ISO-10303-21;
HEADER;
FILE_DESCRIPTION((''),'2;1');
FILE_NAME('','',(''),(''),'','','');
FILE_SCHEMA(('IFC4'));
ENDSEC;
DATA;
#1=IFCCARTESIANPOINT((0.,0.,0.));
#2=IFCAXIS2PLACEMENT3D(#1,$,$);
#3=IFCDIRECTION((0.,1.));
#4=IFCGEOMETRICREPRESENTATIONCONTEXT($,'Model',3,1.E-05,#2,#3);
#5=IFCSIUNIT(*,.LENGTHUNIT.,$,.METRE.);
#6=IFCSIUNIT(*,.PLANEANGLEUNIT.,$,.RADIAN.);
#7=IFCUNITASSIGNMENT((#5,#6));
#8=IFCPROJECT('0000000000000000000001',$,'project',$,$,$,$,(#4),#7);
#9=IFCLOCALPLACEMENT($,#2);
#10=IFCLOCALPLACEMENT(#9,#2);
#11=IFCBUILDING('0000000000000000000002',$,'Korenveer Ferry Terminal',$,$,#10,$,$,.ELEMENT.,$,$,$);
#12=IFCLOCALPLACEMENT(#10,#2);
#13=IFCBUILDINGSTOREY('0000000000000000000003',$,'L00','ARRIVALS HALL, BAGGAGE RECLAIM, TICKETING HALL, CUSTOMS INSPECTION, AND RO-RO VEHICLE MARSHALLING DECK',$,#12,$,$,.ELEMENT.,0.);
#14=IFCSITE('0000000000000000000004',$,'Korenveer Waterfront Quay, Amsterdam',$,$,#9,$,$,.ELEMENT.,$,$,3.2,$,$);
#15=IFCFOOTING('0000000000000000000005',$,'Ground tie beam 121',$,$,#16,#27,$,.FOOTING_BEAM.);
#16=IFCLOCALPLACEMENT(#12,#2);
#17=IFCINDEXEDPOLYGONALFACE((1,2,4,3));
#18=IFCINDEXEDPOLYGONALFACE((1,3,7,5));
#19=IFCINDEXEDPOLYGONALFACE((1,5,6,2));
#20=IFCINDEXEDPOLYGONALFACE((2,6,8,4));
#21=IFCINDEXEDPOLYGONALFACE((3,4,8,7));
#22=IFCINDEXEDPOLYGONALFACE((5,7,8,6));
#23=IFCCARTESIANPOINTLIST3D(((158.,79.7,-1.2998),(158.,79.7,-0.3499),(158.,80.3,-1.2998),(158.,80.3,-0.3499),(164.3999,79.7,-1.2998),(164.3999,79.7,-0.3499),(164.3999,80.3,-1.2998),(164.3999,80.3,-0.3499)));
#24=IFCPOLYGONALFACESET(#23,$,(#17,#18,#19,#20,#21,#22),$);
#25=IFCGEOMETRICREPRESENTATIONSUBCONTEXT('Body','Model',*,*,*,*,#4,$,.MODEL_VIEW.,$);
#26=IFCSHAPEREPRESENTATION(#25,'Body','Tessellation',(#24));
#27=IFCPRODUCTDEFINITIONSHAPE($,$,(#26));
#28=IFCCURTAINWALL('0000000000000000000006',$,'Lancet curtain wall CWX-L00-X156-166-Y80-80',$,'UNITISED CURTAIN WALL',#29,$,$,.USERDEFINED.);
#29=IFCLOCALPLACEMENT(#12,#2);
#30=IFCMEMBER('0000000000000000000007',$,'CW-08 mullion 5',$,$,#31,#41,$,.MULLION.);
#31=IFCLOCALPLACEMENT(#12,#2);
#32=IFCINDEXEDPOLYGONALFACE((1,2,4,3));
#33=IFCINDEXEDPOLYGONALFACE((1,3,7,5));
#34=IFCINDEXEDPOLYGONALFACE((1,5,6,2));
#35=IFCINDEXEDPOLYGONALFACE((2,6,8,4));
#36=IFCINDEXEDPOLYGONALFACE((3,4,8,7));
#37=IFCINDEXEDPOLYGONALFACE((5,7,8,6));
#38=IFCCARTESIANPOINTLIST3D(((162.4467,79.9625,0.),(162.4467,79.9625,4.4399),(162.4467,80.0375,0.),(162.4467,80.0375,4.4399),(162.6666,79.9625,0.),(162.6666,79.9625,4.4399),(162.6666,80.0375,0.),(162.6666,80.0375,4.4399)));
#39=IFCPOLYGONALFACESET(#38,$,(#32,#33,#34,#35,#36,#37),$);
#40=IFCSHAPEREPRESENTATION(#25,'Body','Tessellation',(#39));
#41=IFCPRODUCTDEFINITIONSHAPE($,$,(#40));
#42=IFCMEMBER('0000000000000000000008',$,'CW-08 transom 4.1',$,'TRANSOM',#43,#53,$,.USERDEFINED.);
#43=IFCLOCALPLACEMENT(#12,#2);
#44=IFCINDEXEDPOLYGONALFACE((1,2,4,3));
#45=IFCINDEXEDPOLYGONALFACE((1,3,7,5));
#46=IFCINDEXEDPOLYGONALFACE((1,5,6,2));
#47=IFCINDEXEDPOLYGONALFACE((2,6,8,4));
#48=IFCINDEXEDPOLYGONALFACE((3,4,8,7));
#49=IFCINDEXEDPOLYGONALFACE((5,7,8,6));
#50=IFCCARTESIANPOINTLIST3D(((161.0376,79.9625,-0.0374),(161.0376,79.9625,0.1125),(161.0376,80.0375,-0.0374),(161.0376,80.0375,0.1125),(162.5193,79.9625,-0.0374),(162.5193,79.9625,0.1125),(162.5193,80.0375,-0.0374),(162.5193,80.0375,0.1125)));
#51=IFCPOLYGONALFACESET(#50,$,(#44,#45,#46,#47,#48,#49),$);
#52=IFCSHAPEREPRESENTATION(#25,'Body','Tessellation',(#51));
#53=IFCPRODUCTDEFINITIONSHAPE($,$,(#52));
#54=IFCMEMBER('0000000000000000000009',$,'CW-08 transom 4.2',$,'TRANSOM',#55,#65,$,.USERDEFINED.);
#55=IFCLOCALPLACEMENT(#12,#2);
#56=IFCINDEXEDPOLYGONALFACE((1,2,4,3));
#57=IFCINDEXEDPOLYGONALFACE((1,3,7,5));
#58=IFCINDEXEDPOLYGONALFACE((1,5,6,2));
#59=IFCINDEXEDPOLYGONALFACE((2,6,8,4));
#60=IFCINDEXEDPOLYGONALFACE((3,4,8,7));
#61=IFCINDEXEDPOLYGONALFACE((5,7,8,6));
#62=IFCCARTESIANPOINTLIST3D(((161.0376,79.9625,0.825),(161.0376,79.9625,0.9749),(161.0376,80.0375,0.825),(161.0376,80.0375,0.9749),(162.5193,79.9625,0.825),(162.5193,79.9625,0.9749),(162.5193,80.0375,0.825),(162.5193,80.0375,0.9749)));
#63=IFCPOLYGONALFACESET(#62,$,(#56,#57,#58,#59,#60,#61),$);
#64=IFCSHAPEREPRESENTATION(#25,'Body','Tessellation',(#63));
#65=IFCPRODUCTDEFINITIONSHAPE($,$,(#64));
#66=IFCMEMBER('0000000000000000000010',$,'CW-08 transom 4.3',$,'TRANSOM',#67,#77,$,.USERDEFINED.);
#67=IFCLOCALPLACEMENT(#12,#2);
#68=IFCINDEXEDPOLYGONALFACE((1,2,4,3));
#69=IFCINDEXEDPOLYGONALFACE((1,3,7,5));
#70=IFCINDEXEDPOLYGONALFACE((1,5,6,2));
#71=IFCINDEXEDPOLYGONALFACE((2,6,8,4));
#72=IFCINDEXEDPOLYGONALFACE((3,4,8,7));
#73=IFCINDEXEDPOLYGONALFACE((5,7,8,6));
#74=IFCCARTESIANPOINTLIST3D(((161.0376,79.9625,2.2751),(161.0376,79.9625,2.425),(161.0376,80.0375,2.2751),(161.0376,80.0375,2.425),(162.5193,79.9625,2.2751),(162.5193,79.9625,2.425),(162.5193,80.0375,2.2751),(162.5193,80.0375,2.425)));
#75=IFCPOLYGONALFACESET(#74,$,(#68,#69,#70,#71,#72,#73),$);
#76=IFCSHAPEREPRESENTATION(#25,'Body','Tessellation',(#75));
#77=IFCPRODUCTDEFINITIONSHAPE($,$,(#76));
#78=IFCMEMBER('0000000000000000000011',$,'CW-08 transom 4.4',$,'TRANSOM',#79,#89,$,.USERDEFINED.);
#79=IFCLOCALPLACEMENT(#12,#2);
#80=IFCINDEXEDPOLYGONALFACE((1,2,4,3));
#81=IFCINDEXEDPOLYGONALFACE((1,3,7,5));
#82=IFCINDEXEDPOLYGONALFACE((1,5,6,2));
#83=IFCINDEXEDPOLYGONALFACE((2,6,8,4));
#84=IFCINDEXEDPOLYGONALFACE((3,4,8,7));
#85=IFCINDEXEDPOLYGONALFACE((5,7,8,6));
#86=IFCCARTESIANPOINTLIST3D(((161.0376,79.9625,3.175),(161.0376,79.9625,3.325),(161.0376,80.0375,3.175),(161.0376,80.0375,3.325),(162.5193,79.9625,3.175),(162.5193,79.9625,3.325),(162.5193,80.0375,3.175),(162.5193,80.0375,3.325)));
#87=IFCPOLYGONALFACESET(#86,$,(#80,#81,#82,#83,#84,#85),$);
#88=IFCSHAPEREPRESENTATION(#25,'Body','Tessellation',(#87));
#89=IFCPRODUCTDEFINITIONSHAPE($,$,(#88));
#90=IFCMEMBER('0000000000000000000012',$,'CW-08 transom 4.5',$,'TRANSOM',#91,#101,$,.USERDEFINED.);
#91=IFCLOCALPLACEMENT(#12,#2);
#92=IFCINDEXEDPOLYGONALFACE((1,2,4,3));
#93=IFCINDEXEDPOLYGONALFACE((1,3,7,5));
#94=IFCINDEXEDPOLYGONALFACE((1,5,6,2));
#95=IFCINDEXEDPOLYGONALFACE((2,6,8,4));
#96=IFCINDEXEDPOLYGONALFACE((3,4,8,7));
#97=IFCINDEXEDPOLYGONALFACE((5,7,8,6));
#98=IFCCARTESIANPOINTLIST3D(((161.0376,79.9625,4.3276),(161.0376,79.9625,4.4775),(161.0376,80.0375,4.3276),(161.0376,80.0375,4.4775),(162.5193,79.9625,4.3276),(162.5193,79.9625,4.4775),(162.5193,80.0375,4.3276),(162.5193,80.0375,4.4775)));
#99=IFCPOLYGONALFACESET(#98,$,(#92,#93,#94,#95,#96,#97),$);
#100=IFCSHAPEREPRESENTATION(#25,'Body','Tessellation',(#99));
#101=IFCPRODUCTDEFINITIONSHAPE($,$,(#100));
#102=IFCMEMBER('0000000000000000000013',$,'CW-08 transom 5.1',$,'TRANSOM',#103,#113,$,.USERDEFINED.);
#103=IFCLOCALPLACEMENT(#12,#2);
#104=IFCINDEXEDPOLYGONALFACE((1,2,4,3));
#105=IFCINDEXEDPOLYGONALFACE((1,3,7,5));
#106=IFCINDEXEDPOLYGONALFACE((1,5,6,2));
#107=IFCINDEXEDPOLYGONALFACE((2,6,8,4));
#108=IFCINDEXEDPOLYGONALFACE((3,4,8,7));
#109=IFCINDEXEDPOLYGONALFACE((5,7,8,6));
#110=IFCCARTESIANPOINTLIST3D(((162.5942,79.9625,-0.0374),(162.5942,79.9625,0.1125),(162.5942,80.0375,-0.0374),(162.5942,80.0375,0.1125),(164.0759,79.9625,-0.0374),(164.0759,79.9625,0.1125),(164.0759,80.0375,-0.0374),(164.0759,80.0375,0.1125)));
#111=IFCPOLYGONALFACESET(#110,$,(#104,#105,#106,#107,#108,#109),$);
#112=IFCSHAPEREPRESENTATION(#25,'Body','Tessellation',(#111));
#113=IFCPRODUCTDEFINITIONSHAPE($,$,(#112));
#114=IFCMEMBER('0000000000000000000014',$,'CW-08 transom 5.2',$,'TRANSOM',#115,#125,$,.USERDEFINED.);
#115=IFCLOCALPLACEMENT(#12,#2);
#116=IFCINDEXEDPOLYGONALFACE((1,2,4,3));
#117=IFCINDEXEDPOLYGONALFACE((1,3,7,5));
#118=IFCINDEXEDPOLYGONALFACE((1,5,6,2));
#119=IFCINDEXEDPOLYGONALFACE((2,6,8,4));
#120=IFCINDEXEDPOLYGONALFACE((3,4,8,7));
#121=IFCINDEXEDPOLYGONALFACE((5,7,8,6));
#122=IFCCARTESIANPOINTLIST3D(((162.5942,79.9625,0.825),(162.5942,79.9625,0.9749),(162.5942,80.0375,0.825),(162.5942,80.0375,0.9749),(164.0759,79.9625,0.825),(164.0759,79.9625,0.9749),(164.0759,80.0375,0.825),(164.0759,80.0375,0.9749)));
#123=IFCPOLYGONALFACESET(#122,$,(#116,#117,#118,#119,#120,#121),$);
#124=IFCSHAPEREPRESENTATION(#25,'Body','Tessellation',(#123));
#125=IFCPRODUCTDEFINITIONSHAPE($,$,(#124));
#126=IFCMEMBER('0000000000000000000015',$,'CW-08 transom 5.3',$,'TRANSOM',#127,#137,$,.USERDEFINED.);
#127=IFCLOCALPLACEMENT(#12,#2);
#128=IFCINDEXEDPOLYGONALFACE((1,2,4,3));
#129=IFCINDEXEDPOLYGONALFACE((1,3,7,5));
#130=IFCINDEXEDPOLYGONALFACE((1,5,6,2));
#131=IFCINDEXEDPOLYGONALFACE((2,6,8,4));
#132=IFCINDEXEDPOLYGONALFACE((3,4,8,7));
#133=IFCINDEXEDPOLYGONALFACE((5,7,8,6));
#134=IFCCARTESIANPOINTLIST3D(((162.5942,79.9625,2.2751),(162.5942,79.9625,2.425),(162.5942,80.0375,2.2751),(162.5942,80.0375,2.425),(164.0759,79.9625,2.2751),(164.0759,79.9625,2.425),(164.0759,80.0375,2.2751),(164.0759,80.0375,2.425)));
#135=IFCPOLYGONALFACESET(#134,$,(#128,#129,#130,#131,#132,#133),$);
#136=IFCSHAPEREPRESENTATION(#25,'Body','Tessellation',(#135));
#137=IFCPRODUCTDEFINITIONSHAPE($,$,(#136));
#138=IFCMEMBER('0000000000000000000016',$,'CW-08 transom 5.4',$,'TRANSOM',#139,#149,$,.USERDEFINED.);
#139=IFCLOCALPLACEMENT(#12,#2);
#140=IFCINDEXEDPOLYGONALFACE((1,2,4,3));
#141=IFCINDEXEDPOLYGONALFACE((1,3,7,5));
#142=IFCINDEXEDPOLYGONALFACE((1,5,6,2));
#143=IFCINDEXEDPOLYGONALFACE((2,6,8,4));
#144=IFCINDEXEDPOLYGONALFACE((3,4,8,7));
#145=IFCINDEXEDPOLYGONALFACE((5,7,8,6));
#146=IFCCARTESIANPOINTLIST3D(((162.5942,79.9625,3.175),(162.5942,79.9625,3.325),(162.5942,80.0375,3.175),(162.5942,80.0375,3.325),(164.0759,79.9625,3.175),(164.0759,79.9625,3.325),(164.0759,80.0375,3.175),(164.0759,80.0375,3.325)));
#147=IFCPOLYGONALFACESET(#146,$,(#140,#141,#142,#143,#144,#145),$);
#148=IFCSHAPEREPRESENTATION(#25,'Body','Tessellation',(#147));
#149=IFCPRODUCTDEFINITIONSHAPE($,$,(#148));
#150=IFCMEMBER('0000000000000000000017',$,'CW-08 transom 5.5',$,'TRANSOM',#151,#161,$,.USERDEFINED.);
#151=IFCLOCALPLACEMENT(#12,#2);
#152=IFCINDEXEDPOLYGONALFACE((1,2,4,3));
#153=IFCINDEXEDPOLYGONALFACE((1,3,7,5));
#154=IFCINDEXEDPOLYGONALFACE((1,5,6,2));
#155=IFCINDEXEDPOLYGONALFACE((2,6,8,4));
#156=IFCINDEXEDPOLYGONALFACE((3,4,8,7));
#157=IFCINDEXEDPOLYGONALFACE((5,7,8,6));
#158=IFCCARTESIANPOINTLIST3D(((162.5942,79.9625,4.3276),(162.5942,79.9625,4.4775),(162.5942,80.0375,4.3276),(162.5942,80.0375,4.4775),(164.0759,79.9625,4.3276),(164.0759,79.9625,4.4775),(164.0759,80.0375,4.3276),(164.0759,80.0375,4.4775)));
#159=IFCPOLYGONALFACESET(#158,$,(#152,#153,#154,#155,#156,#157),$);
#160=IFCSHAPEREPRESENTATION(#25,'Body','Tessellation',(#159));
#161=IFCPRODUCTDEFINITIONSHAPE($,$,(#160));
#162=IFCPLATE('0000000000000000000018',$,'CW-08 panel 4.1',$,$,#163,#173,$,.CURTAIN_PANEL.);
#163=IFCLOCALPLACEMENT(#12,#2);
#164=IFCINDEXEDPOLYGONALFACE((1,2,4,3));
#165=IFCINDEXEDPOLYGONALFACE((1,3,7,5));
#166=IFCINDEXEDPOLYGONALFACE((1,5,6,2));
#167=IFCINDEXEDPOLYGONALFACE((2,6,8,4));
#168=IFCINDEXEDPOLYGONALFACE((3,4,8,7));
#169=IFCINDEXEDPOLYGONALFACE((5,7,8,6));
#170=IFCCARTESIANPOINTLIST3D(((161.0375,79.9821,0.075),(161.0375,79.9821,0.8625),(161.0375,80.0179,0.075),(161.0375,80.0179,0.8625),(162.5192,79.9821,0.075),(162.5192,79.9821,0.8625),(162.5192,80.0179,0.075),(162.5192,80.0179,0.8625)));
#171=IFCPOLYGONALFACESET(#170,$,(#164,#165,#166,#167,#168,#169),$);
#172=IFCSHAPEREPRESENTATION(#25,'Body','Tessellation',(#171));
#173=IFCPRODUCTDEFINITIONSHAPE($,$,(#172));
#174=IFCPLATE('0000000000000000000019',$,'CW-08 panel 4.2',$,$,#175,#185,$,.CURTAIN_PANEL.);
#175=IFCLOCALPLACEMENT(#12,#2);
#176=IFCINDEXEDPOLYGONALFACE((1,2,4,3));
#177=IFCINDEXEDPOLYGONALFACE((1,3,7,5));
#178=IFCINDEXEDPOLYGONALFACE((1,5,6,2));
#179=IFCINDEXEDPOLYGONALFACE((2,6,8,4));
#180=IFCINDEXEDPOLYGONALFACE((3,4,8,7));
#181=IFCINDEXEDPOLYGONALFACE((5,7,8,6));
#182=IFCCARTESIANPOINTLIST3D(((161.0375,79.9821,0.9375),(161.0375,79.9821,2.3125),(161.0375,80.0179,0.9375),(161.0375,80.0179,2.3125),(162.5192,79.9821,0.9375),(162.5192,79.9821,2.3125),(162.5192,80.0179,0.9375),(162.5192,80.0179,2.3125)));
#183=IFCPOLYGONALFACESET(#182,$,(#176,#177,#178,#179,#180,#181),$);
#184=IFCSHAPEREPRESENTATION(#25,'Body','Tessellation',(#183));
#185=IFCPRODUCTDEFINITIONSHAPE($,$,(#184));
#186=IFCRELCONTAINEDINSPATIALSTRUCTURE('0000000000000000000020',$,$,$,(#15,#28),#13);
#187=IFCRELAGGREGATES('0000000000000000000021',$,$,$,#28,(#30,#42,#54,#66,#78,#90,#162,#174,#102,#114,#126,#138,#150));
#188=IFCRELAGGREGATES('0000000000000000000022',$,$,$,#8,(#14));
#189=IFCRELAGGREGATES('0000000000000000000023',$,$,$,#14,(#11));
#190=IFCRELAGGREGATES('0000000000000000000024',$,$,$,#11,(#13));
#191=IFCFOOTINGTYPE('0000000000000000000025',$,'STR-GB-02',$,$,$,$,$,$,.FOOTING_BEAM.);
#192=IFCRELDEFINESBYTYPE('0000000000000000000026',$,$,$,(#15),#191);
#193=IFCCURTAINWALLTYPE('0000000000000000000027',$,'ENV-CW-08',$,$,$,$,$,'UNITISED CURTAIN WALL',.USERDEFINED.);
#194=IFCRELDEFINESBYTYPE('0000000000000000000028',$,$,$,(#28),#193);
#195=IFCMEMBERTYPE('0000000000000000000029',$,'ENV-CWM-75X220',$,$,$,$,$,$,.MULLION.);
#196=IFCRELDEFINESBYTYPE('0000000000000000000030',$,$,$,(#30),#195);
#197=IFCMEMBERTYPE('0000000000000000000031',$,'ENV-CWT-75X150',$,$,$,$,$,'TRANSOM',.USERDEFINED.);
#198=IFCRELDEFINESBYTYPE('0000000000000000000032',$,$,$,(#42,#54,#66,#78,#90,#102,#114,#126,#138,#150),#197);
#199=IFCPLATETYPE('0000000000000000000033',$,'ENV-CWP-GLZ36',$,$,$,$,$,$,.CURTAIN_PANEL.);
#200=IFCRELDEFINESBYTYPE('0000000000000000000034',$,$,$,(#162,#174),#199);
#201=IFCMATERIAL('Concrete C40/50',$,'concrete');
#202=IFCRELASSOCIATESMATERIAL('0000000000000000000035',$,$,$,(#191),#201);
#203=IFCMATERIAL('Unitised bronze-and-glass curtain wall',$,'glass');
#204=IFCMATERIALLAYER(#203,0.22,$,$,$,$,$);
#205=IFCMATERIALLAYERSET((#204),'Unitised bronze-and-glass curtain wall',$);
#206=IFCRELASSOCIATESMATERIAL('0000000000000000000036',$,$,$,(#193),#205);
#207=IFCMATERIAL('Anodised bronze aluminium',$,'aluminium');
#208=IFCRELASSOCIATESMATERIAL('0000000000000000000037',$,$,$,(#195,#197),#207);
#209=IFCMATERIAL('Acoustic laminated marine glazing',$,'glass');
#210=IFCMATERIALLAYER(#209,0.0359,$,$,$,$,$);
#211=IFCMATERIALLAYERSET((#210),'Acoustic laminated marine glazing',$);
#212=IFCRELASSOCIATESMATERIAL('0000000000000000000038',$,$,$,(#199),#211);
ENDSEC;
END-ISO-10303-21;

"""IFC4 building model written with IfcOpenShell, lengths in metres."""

from ifc_helpers import new_model, si_unit, direction, frame, origin, origin_2d, place, context, subcontext, project, spatial, rectangle, extrude, material, layer, layer_set, material_profile, profile_set, type_object, element, aggregate, save


model = new_model("IFC4")

# Units and contexts
model_context = context("Model", 3, precision=1e-05, world=origin(), true_north=direction((0.0, 1.0)))
body_context = subcontext(model_context, "Body", "Model", "MODEL_VIEW")
ifc_project = project(units=[si_unit("LENGTHUNIT", "METRE"), si_unit("PLANEANGLEUNIT", "RADIAN")], contexts=[model_context])

# Site, building, storey
site_placement = place(None, origin())
site = spatial("IfcSite", under=ifc_project, at=site_placement, Name="Korenveer Waterfront Quay, Amsterdam", CompositionType="ELEMENT", RefElevation=3.2)
building_placement = place(site_placement, origin())
building = spatial("IfcBuilding", under=site, at=building_placement, Name="Korenveer Ferry Terminal", CompositionType="ELEMENT")
storey_placement = place(building_placement, origin())
storey = spatial("IfcBuildingStorey", under=building, at=storey_placement, Name="L00", Description="ARRIVALS HALL, BAGGAGE RECLAIM, TICKETING HALL, CUSTOMS INSPECTION, AND RO-RO VEHICLE MARSHALLING DECK", CompositionType="ELEMENT", Elevation=0.0)

# Footing
ifc_material_1 = material(Name="Concrete C40/50", Category="concrete")
footing_type = type_object("IfcFootingType", Name="STR-GB-02", PredefinedType="FOOTING_BEAM", material=ifc_material_1)
footing_placement = place(storey_placement, frame((161.2, 80.0, -1.2998), z_axis=(0.0, 0.0, 1.0), x_axis=(1.0, 0.0, 0.0)))
element("IfcFooting", 1, at=footing_placement, inside=storey, type_object=footing_type, Name="Ground tie beam 121", PredefinedType="FOOTING_BEAM", context=body_context, shape_type="SweptSolid", body=[
    extrude(rectangle(XDim=6.3999, YDim=0.6001, at=origin_2d()), origin(), (0.0, 0.0, 1.0), 0.95),
])

# Curtain wall, members, plates
ifc_material_2 = material(Name="Unitised bronze-and-glass curtain wall", Category="glass")
ifc_layer_1 = layer(ifc_material_2, 0.22)
ifc_layer_set_1 = layer_set([ifc_layer_1], Name="Unitised bronze-and-glass curtain wall")
curtain_wall_type = type_object("IfcCurtainWallType", Name="ENV-CW-08", ElementType="UNITISED CURTAIN WALL", PredefinedType="USERDEFINED", material=ifc_layer_set_1)
curtain_wall_placement = place(storey_placement, frame((156.3301, 80.0, 0.0)))
curtain_wall = element("IfcCurtainWall", 2, at=curtain_wall_placement, inside=storey, type_object=curtain_wall_type, Name="Lancet curtain wall CWX-L00-X156-166-Y80-80", ObjectType="UNITISED CURTAIN WALL", PredefinedType="USERDEFINED")
ifc_material_3 = material(Name="Anodised bronze aluminium", Category="aluminium")
ifc_material_profile_1 = material_profile(ifc_material_3, rectangle(XDim=0.075, YDim=0.22, at=origin_2d()), Name="ALU 75x220")
ifc_profile_set_1 = profile_set([ifc_material_profile_1], Name="Anodised bronze aluminium")
member_type_1 = type_object("IfcMemberType", Name="ENV-CWM-75X220", PredefinedType="MULLION", material=ifc_profile_set_1)
member_1_placement = place(storey_placement, frame((162.5566, 80.0, 0.0), z_axis=(0.0, 0.0, 1.0), x_axis=(0.0, 1.0, 0.0)))
member_1 = element("IfcMember", 3, at=member_1_placement, type_object=member_type_1, Name="CW-08 mullion 5", PredefinedType="MULLION", context=body_context, shape_type="SweptSolid", body=[
    extrude(rectangle(XDim=0.075, YDim=0.22, at=origin_2d()), origin(), (0.0, 0.0, 1.0), 4.4399),
])
ifc_material_profile_2 = material_profile(ifc_material_3, rectangle(XDim=0.075, YDim=0.1499, at=origin_2d()), Name="ALU 75x150")
ifc_profile_set_2 = profile_set([ifc_material_profile_2], Name="Anodised bronze aluminium")
member_type_2 = type_object("IfcMemberType", Name="ENV-CWT-75X150", ElementType="TRANSOM", PredefinedType="USERDEFINED", material=ifc_profile_set_2)
member_2_placement = place(storey_placement, frame((161.0376, 80.0, 0.0376), z_axis=(1.0, 0.0, 0.0), x_axis=(0.0, 1.0, 0.0)))
member_2 = element("IfcMember", 4, at=member_2_placement, type_object=member_type_2, Name="CW-08 transom 4.1", ObjectType="TRANSOM", PredefinedType="USERDEFINED", context=body_context, shape_type="SweptSolid", body=[
    extrude(rectangle(XDim=0.075, YDim=0.1499, at=origin_2d()), origin(), (0.0, 0.0, 1.0), 1.4817),
])
member_3_placement = place(storey_placement, frame((161.0376, 80.0, 0.8999), z_axis=(1.0, 0.0, 0.0), x_axis=(0.0, 1.0, 0.0)))
member_3 = element("IfcMember", 5, at=member_3_placement, type_object=member_type_2, Name="CW-08 transom 4.2", ObjectType="TRANSOM", PredefinedType="USERDEFINED", context=body_context, shape_type="SweptSolid", body=[
    extrude(rectangle(XDim=0.075, YDim=0.1499, at=origin_2d()), origin(), (0.0, 0.0, 1.0), 1.4817),
])
member_4_placement = place(storey_placement, frame((161.0376, 80.0, 2.3501), z_axis=(1.0, 0.0, 0.0), x_axis=(0.0, 1.0, 0.0)))
member_4 = element("IfcMember", 6, at=member_4_placement, type_object=member_type_2, Name="CW-08 transom 4.3", ObjectType="TRANSOM", PredefinedType="USERDEFINED", context=body_context, shape_type="SweptSolid", body=[
    extrude(rectangle(XDim=0.075, YDim=0.1499, at=origin_2d()), origin(), (0.0, 0.0, 1.0), 1.4817),
])
member_5_placement = place(storey_placement, frame((161.0376, 80.0, 3.25), z_axis=(1.0, 0.0, 0.0), x_axis=(0.0, 1.0, 0.0)))
member_5 = element("IfcMember", 7, at=member_5_placement, type_object=member_type_2, Name="CW-08 transom 4.4", ObjectType="TRANSOM", PredefinedType="USERDEFINED", context=body_context, shape_type="SweptSolid", body=[
    extrude(rectangle(XDim=0.075, YDim=0.1499, at=origin_2d()), origin(), (0.0, 0.0, 1.0), 1.4817),
])
member_6_placement = place(storey_placement, frame((161.0376, 80.0, 4.4026), z_axis=(1.0, 0.0, 0.0), x_axis=(0.0, 1.0, 0.0)))
member_6 = element("IfcMember", 8, at=member_6_placement, type_object=member_type_2, Name="CW-08 transom 4.5", ObjectType="TRANSOM", PredefinedType="USERDEFINED", context=body_context, shape_type="SweptSolid", body=[
    extrude(rectangle(XDim=0.075, YDim=0.1499, at=origin_2d()), origin(), (0.0, 0.0, 1.0), 1.4817),
])
member_7_placement = place(storey_placement, frame((162.5942, 80.0, 0.0376), z_axis=(1.0, 0.0, 0.0), x_axis=(0.0, 1.0, 0.0)))
member_7 = element("IfcMember", 9, at=member_7_placement, type_object=member_type_2, Name="CW-08 transom 5.1", ObjectType="TRANSOM", PredefinedType="USERDEFINED", context=body_context, shape_type="SweptSolid", body=[
    extrude(rectangle(XDim=0.075, YDim=0.1499, at=origin_2d()), origin(), (0.0, 0.0, 1.0), 1.4817),
])
member_8_placement = place(storey_placement, frame((162.5942, 80.0, 0.8999), z_axis=(1.0, 0.0, 0.0), x_axis=(0.0, 1.0, 0.0)))
member_8 = element("IfcMember", 10, at=member_8_placement, type_object=member_type_2, Name="CW-08 transom 5.2", ObjectType="TRANSOM", PredefinedType="USERDEFINED", context=body_context, shape_type="SweptSolid", body=[
    extrude(rectangle(XDim=0.075, YDim=0.1499, at=origin_2d()), origin(), (0.0, 0.0, 1.0), 1.4817),
])
member_9_placement = place(storey_placement, frame((162.5942, 80.0, 2.3501), z_axis=(1.0, 0.0, 0.0), x_axis=(0.0, 1.0, 0.0)))
member_9 = element("IfcMember", 11, at=member_9_placement, type_object=member_type_2, Name="CW-08 transom 5.3", ObjectType="TRANSOM", PredefinedType="USERDEFINED", context=body_context, shape_type="SweptSolid", body=[
    extrude(rectangle(XDim=0.075, YDim=0.1499, at=origin_2d()), origin(), (0.0, 0.0, 1.0), 1.4817),
])
member_10_placement = place(storey_placement, frame((162.5942, 80.0, 3.25), z_axis=(1.0, 0.0, 0.0), x_axis=(0.0, 1.0, 0.0)))
member_10 = element("IfcMember", 12, at=member_10_placement, type_object=member_type_2, Name="CW-08 transom 5.4", ObjectType="TRANSOM", PredefinedType="USERDEFINED", context=body_context, shape_type="SweptSolid", body=[
    extrude(rectangle(XDim=0.075, YDim=0.1499, at=origin_2d()), origin(), (0.0, 0.0, 1.0), 1.4817),
])
member_11_placement = place(storey_placement, frame((162.5942, 80.0, 4.4026), z_axis=(1.0, 0.0, 0.0), x_axis=(0.0, 1.0, 0.0)))
member_11 = element("IfcMember", 13, at=member_11_placement, type_object=member_type_2, Name="CW-08 transom 5.5", ObjectType="TRANSOM", PredefinedType="USERDEFINED", context=body_context, shape_type="SweptSolid", body=[
    extrude(rectangle(XDim=0.075, YDim=0.1499, at=origin_2d()), origin(), (0.0, 0.0, 1.0), 1.4817),
])
ifc_material_4 = material(Name="Acoustic laminated marine glazing", Category="glass")
ifc_layer_2 = layer(ifc_material_4, 0.0359)
ifc_layer_set_2 = layer_set([ifc_layer_2], Name="Acoustic laminated marine glazing")
plate_type = type_object("IfcPlateType", Name="ENV-CWP-GLZ36", PredefinedType="CURTAIN_PANEL", material=ifc_layer_set_2)
plate_1_placement = place(storey_placement, frame((161.7783, 80.0, 0.075), z_axis=(0.0, 0.0, 1.0), x_axis=(1.0, 0.0, 0.0)))
plate_1 = element("IfcPlate", 14, at=plate_1_placement, type_object=plate_type, Name="CW-08 panel 4.1", PredefinedType="CURTAIN_PANEL", context=body_context, shape_type="SweptSolid", body=[
    extrude(rectangle(XDim=1.4817, YDim=0.0359, at=origin_2d()), origin(), (0.0, 0.0, 1.0), 0.7876),
])
plate_2_placement = place(storey_placement, frame((161.7783, 80.0, 0.9375), z_axis=(0.0, 0.0, 1.0), x_axis=(1.0, 0.0, 0.0)))
plate_2 = element("IfcPlate", 15, at=plate_2_placement, type_object=plate_type, Name="CW-08 panel 4.2", PredefinedType="CURTAIN_PANEL", context=body_context, shape_type="SweptSolid", body=[
    extrude(rectangle(XDim=1.4817, YDim=0.0359, at=origin_2d()), origin(), (0.0, 0.0, 1.0), 1.375),
])
aggregate(curtain_wall, [member_1, member_2, member_3, member_4, member_5, member_6, plate_1, plate_2, member_7, member_8, member_9, member_10, member_11])

save(model, "model.ifc")
